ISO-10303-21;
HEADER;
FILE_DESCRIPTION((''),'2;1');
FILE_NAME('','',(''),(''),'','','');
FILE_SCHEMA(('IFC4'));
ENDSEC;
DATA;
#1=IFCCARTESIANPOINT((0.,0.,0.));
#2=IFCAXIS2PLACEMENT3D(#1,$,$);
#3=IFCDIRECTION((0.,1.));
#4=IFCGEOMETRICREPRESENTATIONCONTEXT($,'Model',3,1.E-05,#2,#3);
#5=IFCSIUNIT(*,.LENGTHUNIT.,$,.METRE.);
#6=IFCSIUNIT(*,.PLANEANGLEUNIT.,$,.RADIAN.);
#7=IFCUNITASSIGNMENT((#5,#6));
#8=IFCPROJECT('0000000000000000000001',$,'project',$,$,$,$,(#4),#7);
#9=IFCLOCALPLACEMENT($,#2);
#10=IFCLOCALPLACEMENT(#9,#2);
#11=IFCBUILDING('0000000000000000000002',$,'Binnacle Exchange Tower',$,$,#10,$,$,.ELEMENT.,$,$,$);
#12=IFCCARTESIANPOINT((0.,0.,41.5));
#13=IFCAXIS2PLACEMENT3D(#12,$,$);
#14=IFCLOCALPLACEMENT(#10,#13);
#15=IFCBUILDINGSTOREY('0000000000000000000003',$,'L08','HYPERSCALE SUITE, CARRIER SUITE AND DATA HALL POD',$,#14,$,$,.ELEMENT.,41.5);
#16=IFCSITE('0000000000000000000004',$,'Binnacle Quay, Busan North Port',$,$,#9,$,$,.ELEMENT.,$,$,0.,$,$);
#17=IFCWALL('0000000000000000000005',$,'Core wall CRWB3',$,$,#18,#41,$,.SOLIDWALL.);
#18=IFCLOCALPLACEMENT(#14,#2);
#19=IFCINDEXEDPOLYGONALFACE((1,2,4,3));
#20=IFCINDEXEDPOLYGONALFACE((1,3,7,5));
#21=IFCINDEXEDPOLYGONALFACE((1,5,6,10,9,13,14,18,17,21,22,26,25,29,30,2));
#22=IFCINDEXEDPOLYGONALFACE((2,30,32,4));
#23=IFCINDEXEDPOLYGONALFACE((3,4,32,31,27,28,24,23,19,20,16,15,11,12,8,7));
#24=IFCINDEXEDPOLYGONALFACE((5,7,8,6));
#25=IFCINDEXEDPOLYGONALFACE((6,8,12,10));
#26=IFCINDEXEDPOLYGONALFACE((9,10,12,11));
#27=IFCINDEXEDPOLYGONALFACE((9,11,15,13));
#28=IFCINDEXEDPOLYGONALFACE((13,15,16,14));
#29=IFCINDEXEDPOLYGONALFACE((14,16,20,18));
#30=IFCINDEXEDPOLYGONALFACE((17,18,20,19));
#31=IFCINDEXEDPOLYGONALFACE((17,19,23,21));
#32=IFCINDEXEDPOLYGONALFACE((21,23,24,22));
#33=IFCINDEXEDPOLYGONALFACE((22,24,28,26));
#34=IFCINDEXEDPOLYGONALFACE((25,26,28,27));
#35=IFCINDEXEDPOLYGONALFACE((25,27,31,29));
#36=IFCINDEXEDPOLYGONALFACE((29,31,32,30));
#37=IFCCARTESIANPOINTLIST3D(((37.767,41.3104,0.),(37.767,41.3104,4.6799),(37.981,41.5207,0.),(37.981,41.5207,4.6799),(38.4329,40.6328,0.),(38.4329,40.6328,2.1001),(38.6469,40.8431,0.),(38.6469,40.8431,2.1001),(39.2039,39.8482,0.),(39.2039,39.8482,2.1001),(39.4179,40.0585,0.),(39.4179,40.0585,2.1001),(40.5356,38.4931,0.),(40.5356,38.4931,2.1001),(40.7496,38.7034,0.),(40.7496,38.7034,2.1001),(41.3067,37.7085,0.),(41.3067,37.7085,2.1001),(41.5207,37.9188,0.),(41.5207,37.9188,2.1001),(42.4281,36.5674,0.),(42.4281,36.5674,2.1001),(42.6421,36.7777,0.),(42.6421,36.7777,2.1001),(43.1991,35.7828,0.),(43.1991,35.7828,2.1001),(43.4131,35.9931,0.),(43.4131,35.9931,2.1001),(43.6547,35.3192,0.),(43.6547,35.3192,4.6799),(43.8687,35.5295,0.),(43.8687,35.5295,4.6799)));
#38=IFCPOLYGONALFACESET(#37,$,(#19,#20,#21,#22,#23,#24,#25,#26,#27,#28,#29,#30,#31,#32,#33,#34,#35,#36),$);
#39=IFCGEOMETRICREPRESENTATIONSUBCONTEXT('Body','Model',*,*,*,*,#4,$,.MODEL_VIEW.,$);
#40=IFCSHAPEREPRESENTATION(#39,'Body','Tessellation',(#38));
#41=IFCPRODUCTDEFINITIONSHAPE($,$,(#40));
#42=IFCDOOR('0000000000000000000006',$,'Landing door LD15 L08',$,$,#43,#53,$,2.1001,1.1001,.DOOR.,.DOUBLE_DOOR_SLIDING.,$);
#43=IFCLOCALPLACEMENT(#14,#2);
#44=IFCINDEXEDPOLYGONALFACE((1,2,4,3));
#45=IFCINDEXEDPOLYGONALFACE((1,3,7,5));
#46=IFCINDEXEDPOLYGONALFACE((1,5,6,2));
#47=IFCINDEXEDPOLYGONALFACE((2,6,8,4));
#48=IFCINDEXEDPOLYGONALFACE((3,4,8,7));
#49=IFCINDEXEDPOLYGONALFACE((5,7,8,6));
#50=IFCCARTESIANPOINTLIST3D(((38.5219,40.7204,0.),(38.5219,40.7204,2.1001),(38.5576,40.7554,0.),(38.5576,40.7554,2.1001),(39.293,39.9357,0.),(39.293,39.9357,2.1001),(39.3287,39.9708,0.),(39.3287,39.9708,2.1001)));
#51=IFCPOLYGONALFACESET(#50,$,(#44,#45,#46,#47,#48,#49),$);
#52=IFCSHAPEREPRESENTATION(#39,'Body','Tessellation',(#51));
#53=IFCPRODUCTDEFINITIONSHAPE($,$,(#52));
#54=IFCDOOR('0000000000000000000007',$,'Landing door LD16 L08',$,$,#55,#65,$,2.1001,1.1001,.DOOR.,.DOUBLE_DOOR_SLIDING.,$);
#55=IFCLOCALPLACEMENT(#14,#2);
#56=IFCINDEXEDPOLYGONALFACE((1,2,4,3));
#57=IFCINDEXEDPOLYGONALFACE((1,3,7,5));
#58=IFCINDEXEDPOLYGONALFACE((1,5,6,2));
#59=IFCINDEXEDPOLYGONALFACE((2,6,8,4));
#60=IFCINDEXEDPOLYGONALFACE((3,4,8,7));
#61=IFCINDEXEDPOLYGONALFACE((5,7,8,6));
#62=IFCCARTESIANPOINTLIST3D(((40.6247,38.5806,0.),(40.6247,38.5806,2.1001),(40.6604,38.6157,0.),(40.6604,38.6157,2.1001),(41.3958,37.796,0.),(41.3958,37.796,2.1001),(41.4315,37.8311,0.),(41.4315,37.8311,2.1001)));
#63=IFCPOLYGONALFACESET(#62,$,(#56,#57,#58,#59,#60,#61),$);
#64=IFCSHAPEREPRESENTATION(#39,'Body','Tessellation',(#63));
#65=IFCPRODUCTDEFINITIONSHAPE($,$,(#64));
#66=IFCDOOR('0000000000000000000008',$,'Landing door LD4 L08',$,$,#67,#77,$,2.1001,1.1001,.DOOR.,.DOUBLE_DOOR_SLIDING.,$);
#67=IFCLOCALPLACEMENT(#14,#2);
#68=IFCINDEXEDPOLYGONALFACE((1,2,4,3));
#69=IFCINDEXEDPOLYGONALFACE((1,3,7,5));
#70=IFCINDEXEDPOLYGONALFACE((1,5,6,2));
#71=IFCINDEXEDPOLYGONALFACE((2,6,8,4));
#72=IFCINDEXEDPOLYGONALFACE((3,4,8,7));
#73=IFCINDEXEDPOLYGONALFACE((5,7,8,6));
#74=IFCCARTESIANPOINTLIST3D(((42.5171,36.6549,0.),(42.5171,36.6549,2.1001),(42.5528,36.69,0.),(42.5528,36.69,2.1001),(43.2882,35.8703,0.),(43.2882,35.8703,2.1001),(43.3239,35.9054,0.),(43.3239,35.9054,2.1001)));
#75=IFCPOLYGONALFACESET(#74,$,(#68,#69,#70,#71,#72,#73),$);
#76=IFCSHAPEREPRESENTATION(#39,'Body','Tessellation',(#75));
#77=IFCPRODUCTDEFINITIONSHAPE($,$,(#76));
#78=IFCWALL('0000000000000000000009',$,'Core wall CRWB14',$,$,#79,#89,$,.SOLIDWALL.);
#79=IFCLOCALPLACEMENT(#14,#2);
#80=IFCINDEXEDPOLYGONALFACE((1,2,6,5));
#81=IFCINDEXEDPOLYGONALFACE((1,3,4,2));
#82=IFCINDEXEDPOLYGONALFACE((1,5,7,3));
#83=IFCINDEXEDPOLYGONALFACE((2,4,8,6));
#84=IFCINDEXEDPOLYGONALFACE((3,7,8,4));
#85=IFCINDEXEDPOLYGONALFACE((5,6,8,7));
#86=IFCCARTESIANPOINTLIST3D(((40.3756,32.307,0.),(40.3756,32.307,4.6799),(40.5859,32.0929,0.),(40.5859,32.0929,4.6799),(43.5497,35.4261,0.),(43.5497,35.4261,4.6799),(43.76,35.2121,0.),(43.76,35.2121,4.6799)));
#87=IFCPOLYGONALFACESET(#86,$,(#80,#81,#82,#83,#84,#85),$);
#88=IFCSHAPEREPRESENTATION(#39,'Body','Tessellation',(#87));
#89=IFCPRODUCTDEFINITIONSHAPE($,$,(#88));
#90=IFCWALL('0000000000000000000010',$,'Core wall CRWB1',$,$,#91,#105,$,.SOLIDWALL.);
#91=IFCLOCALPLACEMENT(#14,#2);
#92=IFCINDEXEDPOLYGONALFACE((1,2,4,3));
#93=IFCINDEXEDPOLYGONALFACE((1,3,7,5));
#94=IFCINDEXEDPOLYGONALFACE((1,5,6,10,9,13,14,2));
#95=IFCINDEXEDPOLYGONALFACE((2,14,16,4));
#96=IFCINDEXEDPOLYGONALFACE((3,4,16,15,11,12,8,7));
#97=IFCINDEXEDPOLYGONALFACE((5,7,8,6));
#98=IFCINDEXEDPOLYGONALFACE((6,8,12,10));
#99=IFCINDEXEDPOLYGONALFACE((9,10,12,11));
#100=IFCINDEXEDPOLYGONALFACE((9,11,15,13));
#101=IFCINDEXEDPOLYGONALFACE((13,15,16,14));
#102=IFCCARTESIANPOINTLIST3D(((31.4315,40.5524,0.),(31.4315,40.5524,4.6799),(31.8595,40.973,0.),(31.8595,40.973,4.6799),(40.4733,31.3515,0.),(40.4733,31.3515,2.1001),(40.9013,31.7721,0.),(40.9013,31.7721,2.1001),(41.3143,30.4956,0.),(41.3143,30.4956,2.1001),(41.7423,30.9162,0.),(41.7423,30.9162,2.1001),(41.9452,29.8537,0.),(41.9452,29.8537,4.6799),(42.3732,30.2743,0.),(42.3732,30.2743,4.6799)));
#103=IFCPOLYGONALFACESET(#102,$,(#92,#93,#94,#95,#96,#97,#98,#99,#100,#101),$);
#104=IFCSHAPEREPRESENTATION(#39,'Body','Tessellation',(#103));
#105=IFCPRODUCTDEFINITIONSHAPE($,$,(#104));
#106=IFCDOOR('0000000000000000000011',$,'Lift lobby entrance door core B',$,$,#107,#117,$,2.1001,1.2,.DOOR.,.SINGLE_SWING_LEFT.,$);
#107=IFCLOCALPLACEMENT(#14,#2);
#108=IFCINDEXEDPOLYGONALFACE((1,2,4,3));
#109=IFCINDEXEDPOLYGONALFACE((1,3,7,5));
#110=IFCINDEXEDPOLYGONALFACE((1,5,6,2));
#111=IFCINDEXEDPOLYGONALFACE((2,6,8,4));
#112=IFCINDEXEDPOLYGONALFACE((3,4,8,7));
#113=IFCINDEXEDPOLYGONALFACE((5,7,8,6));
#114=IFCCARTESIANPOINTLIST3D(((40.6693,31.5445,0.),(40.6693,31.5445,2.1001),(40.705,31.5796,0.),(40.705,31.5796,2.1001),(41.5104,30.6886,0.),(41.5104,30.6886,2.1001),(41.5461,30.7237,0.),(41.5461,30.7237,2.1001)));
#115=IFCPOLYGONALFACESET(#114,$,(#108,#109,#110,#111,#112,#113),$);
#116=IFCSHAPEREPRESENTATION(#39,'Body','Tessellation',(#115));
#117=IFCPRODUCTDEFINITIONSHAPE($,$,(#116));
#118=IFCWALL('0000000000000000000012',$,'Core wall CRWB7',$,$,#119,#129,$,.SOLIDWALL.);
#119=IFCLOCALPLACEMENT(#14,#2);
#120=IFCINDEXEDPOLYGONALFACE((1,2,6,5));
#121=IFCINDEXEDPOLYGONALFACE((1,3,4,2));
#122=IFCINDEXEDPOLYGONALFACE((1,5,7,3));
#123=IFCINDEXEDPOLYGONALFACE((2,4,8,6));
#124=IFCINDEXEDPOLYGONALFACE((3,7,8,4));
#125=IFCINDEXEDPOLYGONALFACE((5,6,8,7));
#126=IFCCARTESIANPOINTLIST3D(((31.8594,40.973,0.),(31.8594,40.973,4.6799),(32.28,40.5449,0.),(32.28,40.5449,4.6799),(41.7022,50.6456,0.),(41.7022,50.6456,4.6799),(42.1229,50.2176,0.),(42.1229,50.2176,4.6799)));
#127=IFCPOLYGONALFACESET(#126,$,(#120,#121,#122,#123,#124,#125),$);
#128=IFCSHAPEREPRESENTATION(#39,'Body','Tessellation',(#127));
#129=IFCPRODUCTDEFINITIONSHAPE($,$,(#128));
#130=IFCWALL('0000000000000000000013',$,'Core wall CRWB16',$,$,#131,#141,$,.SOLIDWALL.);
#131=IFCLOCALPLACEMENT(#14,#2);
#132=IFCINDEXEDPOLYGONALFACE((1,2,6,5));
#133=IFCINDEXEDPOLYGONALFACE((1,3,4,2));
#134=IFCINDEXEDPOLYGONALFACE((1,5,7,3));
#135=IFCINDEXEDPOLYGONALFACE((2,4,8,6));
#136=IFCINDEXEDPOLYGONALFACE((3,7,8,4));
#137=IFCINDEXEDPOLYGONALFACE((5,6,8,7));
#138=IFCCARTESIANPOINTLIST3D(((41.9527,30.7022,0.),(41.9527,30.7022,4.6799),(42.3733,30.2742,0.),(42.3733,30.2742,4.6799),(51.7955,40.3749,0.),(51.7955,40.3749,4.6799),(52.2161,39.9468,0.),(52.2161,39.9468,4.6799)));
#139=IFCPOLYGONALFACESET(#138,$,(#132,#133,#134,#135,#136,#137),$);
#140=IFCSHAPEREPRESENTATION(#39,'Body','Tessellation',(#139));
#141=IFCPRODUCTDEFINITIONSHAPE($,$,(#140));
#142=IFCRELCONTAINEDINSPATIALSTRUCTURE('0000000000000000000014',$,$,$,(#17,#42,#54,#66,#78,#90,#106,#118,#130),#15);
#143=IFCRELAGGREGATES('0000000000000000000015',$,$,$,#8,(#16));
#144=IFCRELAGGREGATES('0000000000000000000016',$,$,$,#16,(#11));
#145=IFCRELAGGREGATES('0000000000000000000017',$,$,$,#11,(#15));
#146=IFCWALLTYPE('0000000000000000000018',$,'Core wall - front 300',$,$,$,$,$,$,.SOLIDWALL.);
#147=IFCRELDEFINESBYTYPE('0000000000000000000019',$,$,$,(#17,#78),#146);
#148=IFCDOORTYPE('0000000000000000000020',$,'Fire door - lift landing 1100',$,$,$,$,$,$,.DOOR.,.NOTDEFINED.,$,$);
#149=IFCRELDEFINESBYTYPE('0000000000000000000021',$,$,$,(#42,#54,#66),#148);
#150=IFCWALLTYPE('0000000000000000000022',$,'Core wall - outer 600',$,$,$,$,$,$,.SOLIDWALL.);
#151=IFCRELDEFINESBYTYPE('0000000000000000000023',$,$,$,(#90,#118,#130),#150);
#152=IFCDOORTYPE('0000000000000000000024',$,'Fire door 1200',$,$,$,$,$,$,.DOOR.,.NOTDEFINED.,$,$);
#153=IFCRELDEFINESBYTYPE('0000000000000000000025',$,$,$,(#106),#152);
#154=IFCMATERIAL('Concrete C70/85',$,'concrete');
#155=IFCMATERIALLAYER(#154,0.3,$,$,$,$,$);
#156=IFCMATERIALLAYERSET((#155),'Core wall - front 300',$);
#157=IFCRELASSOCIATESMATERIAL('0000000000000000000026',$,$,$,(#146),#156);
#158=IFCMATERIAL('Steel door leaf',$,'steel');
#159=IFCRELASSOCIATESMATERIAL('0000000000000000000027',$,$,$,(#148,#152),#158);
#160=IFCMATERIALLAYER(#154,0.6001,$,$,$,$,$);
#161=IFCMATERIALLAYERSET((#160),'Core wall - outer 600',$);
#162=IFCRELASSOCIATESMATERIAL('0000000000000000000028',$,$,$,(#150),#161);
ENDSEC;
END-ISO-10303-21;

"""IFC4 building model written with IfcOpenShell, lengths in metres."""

from ifc_helpers import new_model, si_unit, direction, frame, frame_2d, origin, place, context, subcontext, project, spatial, rectangle, extrude, material, layer, layer_set, type_object, element, fill, save


model = new_model("IFC4")

# Units and contexts
model_context = context("Model", 3, precision=1e-05, world=origin(), true_north=direction((0.0, 1.0)))
body_context = subcontext(model_context, "Body", "Model", "MODEL_VIEW")
ifc_project = project(units=[si_unit("LENGTHUNIT", "METRE"), si_unit("PLANEANGLEUNIT", "RADIAN")], contexts=[model_context])

# Site, building, storey
site_placement = place(None, origin())
site = spatial("IfcSite", under=ifc_project, at=site_placement, Name="Binnacle Quay, Busan North Port", CompositionType="ELEMENT", RefElevation=0.0)
building_placement = place(site_placement, origin())
building = spatial("IfcBuilding", under=site, at=building_placement, Name="Binnacle Exchange Tower", CompositionType="ELEMENT")
storey_placement = place(building_placement, frame((0.0, 0.0, 41.5)))
storey = spatial("IfcBuildingStorey", under=building, at=storey_placement, Name="L08", Description="HYPERSCALE SUITE, CARRIER SUITE AND DATA HALL POD", CompositionType="ELEMENT", Elevation=41.5)

# Shared definitions
ifc_material_1 = material(Name="Concrete C70/85", Category="concrete")

# Wall, openings, doors
ifc_layer_1 = layer(ifc_material_1, 0.3)
ifc_layer_set_1 = layer_set([ifc_layer_1], Name="Core wall - front 300")
wall_type_1 = type_object("IfcWallType", Name="Core wall - front 300", PredefinedType="SOLIDWALL", material=ifc_layer_set_1)
wall_1_placement = place(storey_placement, frame((37.874, 41.4155, 0.0), z_axis=(0.0, 0.0, 1.0), x_axis=(0.700918, -0.713242, 0.0)))
wall_1 = element("IfcWall", 1, at=wall_1_placement, inside=storey, type_object=wall_type_1, Name="Core wall CRWB3", PredefinedType="SOLIDWALL", context=body_context, shape_type="SweptSolid", body=[
    extrude(rectangle(XDim=8.3999, YDim=0.3, at=frame_2d((4.2, 0.0))), origin(), (0.0, 0.0, 1.0), 4.6799),
])
opening_1_placement = place(wall_1_placement, frame((0.95, 0.0, 0.0)))
opening_1 = element("IfcOpeningElement", 2, at=opening_1_placement, cuts=wall_1, PredefinedType="OPENING", context=body_context, shape_type="SweptSolid", body=[
    extrude(rectangle(XDim=1.1001, YDim=2.1001, at=frame_2d((0.55, 1.05))), frame((0.0, 0.1599, 0.0), z_axis=(0.0, -1.0, 0.0), x_axis=(1.0, 0.0, 0.0)), (0.0, 0.0, 1.0), 0.3201),
])
opening_2_placement = place(wall_1_placement, frame((3.95, 0.0, 0.0)))
opening_2 = element("IfcOpeningElement", 3, at=opening_2_placement, cuts=wall_1, PredefinedType="OPENING", context=body_context, shape_type="SweptSolid", body=[
    extrude(rectangle(XDim=1.1001, YDim=2.1001, at=frame_2d((0.55, 1.05))), frame((0.0, 0.1599, 0.0), z_axis=(0.0, -1.0, 0.0), x_axis=(1.0, 0.0, 0.0)), (0.0, 0.0, 1.0), 0.3201),
])
opening_3_placement = place(wall_1_placement, frame((6.6499, 0.0, 0.0)))
opening_3 = element("IfcOpeningElement", 4, at=opening_3_placement, cuts=wall_1, PredefinedType="OPENING", context=body_context, shape_type="SweptSolid", body=[
    extrude(rectangle(XDim=1.1001, YDim=2.1001, at=frame_2d((0.55, 1.05))), frame((0.0, 0.1599, 0.0), z_axis=(0.0, -1.0, 0.0), x_axis=(1.0, 0.0, 0.0)), (0.0, 0.0, 1.0), 0.3201),
])
ifc_material_2 = material(Name="Steel door leaf", Category="steel")
door_type_1 = type_object("IfcDoorType", Name="Fire door - lift landing 1100", OperationType="NOTDEFINED", PredefinedType="DOOR", material=ifc_material_2)
door_1_placement = place(opening_1_placement, origin())
door_1 = element("IfcDoor", 5, at=door_1_placement, inside=storey, type_object=door_type_1, Name="Landing door LD15 L08", OperationType="DOUBLE_DOOR_SLIDING", OverallHeight=2.1001, OverallWidth=1.1001, PredefinedType="DOOR", context=body_context, shape_type="SweptSolid", body=[
    extrude(rectangle(XDim=1.1001, YDim=2.1001, at=frame_2d((0.55, 1.05))), frame((0.0, 0.0249, 0.0), z_axis=(0.0, -1.0, 0.0), x_axis=(1.0, 0.0, 0.0)), (0.0, 0.0, 1.0), 0.05),
])
fill(opening_1, door_1)
door_2_placement = place(opening_2_placement, origin())
door_2 = element("IfcDoor", 6, at=door_2_placement, inside=storey, type_object=door_type_1, Name="Landing door LD16 L08", OperationType="DOUBLE_DOOR_SLIDING", OverallHeight=2.1001, OverallWidth=1.1001, PredefinedType="DOOR", context=body_context, shape_type="SweptSolid", body=[
    extrude(rectangle(XDim=1.1001, YDim=2.1001, at=frame_2d((0.55, 1.05))), frame((0.0, 0.0249, 0.0), z_axis=(0.0, -1.0, 0.0), x_axis=(1.0, 0.0, 0.0)), (0.0, 0.0, 1.0), 0.05),
])
fill(opening_2, door_2)
door_3_placement = place(opening_3_placement, origin())
door_3 = element("IfcDoor", 7, at=door_3_placement, inside=storey, type_object=door_type_1, Name="Landing door LD4 L08", OperationType="DOUBLE_DOOR_SLIDING", OverallHeight=2.1001, OverallWidth=1.1001, PredefinedType="DOOR", context=body_context, shape_type="SweptSolid", body=[
    extrude(rectangle(XDim=1.1001, YDim=2.1001, at=frame_2d((0.55, 1.05))), frame((0.0, 0.0249, 0.0), z_axis=(0.0, -1.0, 0.0), x_axis=(1.0, 0.0, 0.0)), (0.0, 0.0, 1.0), 0.05),
])
fill(opening_3, door_3)

# Wall
wall_2_placement = place(storey_placement, frame((40.4807, 32.2, 0.0), z_axis=(0.0, 0.0, 1.0), x_axis=(0.713252, 0.700908, 0.0)))
element("IfcWall", 8, at=wall_2_placement, inside=storey, type_object=wall_type_1, Name="Core wall CRWB14", PredefinedType="SOLIDWALL", context=body_context, shape_type="SweptSolid", body=[
    extrude(rectangle(XDim=4.4502, YDim=0.3, at=frame_2d((2.2251, 0.0))), origin(), (0.0, 0.0, 1.0), 4.6799),
])

# Wall, opening, door
ifc_layer_2 = layer(ifc_material_1, 0.6001)
ifc_layer_set_2 = layer_set([ifc_layer_2], Name="Core wall - outer 600")
wall_type_2 = type_object("IfcWallType", Name="Core wall - outer 600", PredefinedType="SOLIDWALL", material=ifc_layer_set_2)
wall_3_placement = place(storey_placement, frame((31.6455, 40.7627, 0.0), z_axis=(0.0, 0.0, 1.0), x_axis=(0.700911, -0.713248, 0.0)))
wall_3 = element("IfcWall", 9, at=wall_3_placement, inside=storey, type_object=wall_type_2, Name="Core wall CRWB1", PredefinedType="SOLIDWALL", context=body_context, shape_type="SweptSolid", body=[
    extrude(rectangle(XDim=15.0, YDim=0.6001, at=frame_2d((7.5, 0.0))), origin(), (0.0, 0.0, 1.0), 4.6799),
])
opening_4_placement = place(wall_3_placement, frame((12.8999, 0.0, 0.0)))
opening_4 = element("IfcOpeningElement", 10, at=opening_4_placement, cuts=wall_3, PredefinedType="OPENING", context=body_context, shape_type="SweptSolid", body=[
    extrude(rectangle(XDim=1.2, YDim=2.1001, at=frame_2d((0.6001, 1.05))), frame((0.0, 0.3101, 0.0), z_axis=(0.0, -1.0, 0.0), x_axis=(1.0, 0.0, 0.0)), (0.0, 0.0, 1.0), 0.6201),
])
door_type_2 = type_object("IfcDoorType", Name="Fire door 1200", OperationType="NOTDEFINED", PredefinedType="DOOR", material=ifc_material_2)
door_4_placement = place(opening_4_placement, frame((1.2, 0.0, 0.0), z_axis=(0.0, 0.0, 1.0), x_axis=(-1.0, 0.0, 0.0)))
door_4 = element("IfcDoor", 11, at=door_4_placement, inside=storey, type_object=door_type_2, Name="Lift lobby entrance door core B", OperationType="SINGLE_SWING_LEFT", OverallHeight=2.1001, OverallWidth=1.2, PredefinedType="DOOR", context=body_context, shape_type="SweptSolid", body=[
    extrude(rectangle(XDim=1.2, YDim=2.1001, at=frame_2d((0.6001, 1.05))), frame((0.0, 0.0249, 0.0), z_axis=(0.0, -1.0, 0.0), x_axis=(1.0, 0.0, 0.0)), (0.0, 0.0, 1.0), 0.05),
])
fill(opening_4, door_4)

# Walls
for number, where, z_axis, x_axis, name in (
    (12, (32.0698, 40.759, 0.0), (0.0, 0.0, 1.0), (0.713245, 0.700914, 0.0), "Core wall CRWB7"),
    (13, (42.1631, 30.4883, 0.0), (0.0, 0.0, 1.0), (0.713245, 0.700914, 0.0), "Core wall CRWB16"),
):
    element("IfcWall", number, at=place(storey_placement, frame(where, z_axis=z_axis, x_axis=x_axis)), inside=storey, type_object=wall_type_2, Name=name, PredefinedType="SOLIDWALL", context=body_context, shape_type="SweptSolid", body=[
        extrude(rectangle(XDim=13.8, YDim=0.6001, at=frame_2d((6.8999, 0.0))), origin(), (0.0, 0.0, 1.0), 4.6799),
    ])

save(model, "model.ifc")
